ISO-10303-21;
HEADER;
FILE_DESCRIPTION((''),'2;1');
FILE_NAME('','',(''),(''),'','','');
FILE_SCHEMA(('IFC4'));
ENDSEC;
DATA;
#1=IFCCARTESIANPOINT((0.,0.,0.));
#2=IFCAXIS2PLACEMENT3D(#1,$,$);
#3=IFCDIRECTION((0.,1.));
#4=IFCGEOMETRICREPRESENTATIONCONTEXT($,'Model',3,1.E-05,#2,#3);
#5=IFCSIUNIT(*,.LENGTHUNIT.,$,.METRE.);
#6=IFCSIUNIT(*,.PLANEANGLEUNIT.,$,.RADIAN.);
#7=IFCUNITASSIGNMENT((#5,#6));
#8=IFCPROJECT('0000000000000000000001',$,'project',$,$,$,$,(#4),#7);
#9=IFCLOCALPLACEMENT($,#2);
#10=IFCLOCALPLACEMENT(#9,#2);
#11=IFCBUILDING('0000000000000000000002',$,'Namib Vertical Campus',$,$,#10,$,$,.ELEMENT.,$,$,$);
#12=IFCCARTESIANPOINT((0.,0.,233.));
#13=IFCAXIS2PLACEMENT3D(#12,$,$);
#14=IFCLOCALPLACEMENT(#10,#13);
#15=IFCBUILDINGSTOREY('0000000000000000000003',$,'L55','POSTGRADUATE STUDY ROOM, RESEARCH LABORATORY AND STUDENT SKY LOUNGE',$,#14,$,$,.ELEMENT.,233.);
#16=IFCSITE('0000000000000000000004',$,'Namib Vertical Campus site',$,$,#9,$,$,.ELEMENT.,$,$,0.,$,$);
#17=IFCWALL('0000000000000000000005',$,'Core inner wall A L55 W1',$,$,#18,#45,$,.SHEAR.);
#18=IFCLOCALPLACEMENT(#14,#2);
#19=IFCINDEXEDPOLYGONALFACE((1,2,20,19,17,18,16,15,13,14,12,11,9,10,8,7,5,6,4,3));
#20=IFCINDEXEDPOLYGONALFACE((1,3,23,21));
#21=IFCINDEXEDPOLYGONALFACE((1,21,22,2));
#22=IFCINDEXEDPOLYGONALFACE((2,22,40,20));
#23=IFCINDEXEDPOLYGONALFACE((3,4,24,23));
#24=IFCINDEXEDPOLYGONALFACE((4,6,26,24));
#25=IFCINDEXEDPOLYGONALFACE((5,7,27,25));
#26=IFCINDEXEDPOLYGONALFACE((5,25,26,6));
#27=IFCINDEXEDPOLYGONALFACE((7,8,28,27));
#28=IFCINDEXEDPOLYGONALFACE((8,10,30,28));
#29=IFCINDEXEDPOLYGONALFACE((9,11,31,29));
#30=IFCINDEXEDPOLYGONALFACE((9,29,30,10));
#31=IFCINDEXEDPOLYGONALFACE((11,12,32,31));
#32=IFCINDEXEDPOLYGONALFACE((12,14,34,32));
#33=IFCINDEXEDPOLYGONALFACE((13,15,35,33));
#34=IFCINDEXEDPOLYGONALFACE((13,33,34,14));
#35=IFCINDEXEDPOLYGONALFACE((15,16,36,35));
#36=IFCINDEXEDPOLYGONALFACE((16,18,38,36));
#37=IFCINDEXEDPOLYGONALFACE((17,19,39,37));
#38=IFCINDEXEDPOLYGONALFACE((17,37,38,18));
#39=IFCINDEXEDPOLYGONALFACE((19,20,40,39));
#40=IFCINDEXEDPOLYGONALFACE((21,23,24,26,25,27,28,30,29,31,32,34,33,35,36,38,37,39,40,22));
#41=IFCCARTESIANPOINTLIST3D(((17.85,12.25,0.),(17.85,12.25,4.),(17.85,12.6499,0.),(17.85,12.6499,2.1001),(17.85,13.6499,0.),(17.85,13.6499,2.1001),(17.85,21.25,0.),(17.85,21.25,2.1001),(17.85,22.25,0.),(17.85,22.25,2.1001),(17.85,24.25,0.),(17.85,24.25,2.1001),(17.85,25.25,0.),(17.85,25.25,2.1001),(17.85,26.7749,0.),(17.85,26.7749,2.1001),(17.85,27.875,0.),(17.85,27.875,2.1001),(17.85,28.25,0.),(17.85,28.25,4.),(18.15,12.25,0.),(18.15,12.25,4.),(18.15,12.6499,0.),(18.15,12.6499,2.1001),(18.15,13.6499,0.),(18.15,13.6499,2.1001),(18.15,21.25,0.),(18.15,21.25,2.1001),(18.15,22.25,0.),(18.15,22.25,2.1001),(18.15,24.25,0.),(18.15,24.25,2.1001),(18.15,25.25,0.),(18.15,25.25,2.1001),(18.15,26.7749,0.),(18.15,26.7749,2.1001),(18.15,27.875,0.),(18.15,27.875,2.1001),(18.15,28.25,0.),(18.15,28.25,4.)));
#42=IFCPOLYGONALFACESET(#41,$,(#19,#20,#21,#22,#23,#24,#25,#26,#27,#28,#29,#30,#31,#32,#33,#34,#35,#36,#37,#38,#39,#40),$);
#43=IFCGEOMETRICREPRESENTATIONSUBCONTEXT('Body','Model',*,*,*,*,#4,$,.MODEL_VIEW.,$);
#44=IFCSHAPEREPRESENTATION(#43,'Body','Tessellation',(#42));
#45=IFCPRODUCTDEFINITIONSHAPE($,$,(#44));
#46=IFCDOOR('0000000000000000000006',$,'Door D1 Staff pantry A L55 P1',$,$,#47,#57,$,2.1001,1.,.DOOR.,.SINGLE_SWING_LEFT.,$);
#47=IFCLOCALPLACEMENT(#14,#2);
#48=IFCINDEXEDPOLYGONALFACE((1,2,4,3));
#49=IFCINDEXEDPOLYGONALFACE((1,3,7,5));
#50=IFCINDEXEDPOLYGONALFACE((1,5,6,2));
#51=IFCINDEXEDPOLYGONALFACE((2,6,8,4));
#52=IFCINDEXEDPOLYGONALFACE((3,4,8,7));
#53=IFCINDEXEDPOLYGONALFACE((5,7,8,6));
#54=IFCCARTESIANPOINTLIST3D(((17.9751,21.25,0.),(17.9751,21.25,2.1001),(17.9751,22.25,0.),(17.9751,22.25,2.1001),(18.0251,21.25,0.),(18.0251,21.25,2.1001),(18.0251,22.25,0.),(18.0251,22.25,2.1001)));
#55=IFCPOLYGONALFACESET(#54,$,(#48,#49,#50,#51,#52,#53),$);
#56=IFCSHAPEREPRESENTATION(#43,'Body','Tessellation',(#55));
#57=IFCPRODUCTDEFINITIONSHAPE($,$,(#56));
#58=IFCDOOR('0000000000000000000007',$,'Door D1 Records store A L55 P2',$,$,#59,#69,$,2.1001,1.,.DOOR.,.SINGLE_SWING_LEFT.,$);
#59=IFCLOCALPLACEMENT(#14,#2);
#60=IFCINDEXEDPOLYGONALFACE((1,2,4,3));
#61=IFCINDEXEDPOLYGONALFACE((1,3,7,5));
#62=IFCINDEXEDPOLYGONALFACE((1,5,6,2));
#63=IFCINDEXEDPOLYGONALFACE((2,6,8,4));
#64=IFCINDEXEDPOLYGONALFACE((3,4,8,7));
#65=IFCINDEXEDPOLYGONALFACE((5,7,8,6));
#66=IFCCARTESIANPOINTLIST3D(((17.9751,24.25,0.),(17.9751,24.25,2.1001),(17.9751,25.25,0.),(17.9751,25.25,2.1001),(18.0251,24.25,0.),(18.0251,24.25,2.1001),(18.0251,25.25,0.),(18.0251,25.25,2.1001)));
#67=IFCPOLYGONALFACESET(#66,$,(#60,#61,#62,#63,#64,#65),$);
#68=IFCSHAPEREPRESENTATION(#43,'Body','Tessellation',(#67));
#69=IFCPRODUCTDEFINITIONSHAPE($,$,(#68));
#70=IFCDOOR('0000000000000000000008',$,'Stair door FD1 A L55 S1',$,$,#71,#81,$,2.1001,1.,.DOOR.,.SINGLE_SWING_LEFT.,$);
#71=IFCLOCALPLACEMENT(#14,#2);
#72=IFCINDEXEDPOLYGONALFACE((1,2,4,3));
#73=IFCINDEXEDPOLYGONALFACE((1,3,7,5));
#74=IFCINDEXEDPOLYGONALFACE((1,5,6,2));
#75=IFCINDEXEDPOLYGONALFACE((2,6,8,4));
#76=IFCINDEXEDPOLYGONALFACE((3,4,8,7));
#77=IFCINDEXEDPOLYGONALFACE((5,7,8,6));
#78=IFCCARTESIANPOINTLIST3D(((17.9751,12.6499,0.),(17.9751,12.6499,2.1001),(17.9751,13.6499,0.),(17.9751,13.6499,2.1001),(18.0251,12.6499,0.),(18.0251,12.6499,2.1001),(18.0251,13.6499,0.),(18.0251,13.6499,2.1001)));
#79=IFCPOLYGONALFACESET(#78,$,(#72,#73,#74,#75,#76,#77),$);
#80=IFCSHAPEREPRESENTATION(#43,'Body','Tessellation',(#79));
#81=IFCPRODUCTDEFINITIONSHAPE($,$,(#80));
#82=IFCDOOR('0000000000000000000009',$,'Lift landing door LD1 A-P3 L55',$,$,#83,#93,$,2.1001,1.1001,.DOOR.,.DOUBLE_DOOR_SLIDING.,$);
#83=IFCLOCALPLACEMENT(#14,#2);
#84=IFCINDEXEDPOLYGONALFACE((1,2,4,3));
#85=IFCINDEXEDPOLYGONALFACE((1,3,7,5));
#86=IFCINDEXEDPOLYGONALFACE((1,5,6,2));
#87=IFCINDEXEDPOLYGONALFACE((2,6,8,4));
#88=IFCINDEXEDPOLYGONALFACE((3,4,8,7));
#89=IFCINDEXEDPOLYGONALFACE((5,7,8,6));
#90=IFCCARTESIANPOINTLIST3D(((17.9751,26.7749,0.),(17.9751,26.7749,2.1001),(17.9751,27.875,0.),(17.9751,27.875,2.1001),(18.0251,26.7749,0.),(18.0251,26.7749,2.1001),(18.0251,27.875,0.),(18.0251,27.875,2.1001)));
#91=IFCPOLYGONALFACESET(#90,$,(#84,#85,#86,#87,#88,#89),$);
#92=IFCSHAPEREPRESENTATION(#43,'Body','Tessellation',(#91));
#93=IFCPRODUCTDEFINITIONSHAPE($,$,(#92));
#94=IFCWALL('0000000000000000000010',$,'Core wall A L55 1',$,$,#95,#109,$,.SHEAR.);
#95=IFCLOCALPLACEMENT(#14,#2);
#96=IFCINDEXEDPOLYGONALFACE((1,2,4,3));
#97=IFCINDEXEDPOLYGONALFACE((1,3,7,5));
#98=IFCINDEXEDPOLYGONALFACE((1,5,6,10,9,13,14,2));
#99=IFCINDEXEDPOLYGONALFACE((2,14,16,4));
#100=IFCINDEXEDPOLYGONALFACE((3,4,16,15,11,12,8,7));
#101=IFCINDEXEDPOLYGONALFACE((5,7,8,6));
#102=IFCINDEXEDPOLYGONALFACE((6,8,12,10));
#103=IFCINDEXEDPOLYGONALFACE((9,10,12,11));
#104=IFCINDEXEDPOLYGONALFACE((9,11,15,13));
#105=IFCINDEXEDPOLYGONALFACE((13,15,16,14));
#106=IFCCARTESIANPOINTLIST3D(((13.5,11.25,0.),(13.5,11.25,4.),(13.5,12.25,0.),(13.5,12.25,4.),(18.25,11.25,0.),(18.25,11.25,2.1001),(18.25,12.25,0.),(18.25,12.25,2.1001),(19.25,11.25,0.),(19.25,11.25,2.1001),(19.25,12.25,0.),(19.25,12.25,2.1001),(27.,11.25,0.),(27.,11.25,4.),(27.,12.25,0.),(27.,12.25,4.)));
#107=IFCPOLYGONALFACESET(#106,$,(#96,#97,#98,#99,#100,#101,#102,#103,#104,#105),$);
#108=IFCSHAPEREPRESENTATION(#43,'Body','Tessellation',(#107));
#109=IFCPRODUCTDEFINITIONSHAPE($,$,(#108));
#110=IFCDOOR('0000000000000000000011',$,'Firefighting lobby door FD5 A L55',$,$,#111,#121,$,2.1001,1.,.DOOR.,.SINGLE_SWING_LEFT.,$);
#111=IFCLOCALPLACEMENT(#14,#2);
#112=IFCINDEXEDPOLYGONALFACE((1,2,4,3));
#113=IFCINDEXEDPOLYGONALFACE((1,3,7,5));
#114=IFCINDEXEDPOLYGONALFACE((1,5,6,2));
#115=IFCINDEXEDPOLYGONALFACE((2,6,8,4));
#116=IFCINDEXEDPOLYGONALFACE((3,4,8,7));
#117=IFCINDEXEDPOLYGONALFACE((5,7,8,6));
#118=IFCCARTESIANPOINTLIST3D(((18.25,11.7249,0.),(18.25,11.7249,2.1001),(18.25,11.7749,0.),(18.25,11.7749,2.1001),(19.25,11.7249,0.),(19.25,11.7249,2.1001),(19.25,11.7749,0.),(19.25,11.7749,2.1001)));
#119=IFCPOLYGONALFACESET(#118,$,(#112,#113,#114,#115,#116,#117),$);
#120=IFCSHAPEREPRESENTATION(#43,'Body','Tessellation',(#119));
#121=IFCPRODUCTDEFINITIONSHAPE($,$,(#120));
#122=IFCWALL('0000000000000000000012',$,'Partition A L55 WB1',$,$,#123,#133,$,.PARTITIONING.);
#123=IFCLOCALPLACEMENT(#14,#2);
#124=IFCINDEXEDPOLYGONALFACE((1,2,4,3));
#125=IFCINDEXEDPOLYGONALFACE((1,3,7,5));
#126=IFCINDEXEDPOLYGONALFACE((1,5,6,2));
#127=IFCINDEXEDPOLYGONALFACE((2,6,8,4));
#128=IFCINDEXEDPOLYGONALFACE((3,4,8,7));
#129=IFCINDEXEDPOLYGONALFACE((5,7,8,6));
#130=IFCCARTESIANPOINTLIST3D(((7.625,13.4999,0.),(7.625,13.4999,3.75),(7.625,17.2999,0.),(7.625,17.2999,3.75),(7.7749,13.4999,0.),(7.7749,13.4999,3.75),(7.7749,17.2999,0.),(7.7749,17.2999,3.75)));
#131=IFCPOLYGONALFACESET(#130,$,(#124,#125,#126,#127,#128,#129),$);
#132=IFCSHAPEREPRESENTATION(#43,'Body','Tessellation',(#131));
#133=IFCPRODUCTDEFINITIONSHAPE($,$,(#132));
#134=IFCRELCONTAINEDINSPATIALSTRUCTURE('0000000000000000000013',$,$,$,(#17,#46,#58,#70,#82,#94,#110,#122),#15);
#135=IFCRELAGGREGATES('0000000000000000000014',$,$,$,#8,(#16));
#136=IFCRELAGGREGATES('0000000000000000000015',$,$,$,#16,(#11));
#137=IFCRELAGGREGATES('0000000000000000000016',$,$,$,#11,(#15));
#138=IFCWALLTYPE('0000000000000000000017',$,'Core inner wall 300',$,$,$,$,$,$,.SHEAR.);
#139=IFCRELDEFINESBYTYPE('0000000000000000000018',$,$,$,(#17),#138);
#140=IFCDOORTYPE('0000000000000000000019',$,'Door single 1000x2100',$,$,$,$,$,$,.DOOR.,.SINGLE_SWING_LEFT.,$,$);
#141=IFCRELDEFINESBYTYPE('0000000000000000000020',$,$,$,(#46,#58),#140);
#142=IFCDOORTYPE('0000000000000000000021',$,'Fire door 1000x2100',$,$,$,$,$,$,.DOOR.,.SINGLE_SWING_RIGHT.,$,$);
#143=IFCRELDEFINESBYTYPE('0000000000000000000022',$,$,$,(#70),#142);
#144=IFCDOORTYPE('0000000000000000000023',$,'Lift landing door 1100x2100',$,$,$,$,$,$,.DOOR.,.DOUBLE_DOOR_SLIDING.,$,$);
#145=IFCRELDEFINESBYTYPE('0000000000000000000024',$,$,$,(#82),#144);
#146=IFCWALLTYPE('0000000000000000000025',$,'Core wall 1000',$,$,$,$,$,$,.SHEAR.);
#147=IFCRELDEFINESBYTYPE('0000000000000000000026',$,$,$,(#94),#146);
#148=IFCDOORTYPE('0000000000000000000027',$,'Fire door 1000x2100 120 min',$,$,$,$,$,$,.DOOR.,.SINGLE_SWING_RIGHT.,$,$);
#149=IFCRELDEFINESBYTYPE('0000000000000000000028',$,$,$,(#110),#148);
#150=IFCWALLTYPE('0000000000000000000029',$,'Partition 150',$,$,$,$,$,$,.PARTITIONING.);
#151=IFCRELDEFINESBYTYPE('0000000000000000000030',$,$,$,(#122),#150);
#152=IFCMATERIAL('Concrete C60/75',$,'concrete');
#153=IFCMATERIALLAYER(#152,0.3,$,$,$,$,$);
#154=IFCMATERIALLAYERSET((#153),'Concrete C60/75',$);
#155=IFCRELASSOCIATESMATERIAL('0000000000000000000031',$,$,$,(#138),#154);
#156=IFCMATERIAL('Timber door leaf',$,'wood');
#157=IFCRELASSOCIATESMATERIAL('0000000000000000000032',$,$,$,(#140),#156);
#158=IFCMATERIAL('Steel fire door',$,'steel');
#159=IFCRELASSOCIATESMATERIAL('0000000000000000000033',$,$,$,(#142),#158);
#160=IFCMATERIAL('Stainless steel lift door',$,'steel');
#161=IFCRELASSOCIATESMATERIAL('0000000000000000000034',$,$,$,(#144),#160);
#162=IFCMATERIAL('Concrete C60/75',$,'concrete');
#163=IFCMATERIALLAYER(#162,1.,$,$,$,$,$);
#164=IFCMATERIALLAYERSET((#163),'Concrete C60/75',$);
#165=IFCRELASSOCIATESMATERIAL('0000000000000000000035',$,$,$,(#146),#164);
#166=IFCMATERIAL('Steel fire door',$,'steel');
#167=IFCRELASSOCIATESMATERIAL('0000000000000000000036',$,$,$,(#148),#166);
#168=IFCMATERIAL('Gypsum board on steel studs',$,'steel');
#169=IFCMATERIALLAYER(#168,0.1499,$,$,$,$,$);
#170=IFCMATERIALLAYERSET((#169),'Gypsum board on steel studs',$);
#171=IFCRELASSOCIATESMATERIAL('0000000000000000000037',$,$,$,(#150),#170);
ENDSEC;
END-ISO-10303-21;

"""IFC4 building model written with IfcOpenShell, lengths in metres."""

from ifc_helpers import new_model, si_unit, direction, frame, frame_2d, origin, place, context, subcontext, project, spatial, rectangle, extrude, material, layer, layer_set, type_object, element, fill, save


model = new_model("IFC4")

# Units and contexts
model_context = context("Model", 3, precision=1e-05, world=origin(), true_north=direction((0.0, 1.0)))
body_context = subcontext(model_context, "Body", "Model", "MODEL_VIEW")
ifc_project = project(units=[si_unit("LENGTHUNIT", "METRE"), si_unit("PLANEANGLEUNIT", "RADIAN")], contexts=[model_context])

# Site, building, storey
site_placement = place(None, origin())
site = spatial("IfcSite", under=ifc_project, at=site_placement, Name="Namib Vertical Campus site", CompositionType="ELEMENT", RefElevation=0.0)
building_placement = place(site_placement, origin())
building = spatial("IfcBuilding", under=site, at=building_placement, Name="Namib Vertical Campus", CompositionType="ELEMENT")
storey_placement = place(building_placement, frame((0.0, 0.0, 233.0)))
storey = spatial("IfcBuildingStorey", under=building, at=storey_placement, Name="L55", Description="POSTGRADUATE STUDY ROOM, RESEARCH LABORATORY AND STUDENT SKY LOUNGE", CompositionType="ELEMENT", Elevation=233.0)

# Wall, openings, doors
ifc_material_1 = material(Name="Concrete C60/75", Category="concrete")
ifc_layer_1 = layer(ifc_material_1, 0.3)
ifc_layer_set_1 = layer_set([ifc_layer_1], Name="Concrete C60/75")
wall_type_1 = type_object("IfcWallType", Name="Core inner wall 300", PredefinedType="SHEAR", material=ifc_layer_set_1)
wall_1_placement = place(storey_placement, frame((18.0, 12.25, 0.0), z_axis=(0.0, 0.0, 1.0), x_axis=(0.0, 1.0, 0.0)))
wall_1 = element("IfcWall", 1, at=wall_1_placement, inside=storey, type_object=wall_type_1, Name="Core inner wall A L55 W1", PredefinedType="SHEAR", context=body_context, shape_type="SweptSolid", body=[
    extrude(rectangle(XDim=16.0, YDim=0.3, at=frame_2d((8.0, 0.0))), origin(), (0.0, 0.0, 1.0), 4.0),
])
opening_1_placement = place(wall_1_placement, frame((0.3999, 0.0, 0.0)))
opening_1 = element("IfcOpeningElement", 2, at=opening_1_placement, cuts=wall_1, PredefinedType="OPENING", context=body_context, shape_type="SweptSolid", body=[
    extrude(rectangle(XDim=1.0, YDim=2.1001, at=frame_2d((0.5, 1.05))), frame((0.0, 0.1599, 0.0), z_axis=(0.0, -1.0, 0.0), x_axis=(1.0, 0.0, 0.0)), (0.0, 0.0, 1.0), 0.3201),
])
opening_2_placement = place(wall_1_placement, frame((14.5249, 0.0, 0.0)))
opening_2 = element("IfcOpeningElement", 3, at=opening_2_placement, cuts=wall_1, PredefinedType="OPENING", context=body_context, shape_type="SweptSolid", body=[
    extrude(rectangle(XDim=1.1001, YDim=2.1001, at=frame_2d((0.55, 1.05))), frame((0.0, 0.1599, 0.0), z_axis=(0.0, -1.0, 0.0), x_axis=(1.0, 0.0, 0.0)), (0.0, 0.0, 1.0), 0.3201),
])
opening_3_placement = place(wall_1_placement, frame((9.0, 0.0, 0.0)))
opening_3 = element("IfcOpeningElement", 4, at=opening_3_placement, cuts=wall_1, PredefinedType="OPENING", context=body_context, shape_type="SweptSolid", body=[
    extrude(rectangle(XDim=1.0, YDim=2.1001, at=frame_2d((0.5, 1.05))), frame((0.0, 0.1599, 0.0), z_axis=(0.0, -1.0, 0.0), x_axis=(1.0, 0.0, 0.0)), (0.0, 0.0, 1.0), 0.3201),
])
opening_4_placement = place(wall_1_placement, frame((12.0, 0.0, 0.0)))
opening_4 = element("IfcOpeningElement", 5, at=opening_4_placement, cuts=wall_1, PredefinedType="OPENING", context=body_context, shape_type="SweptSolid", body=[
    extrude(rectangle(XDim=1.0, YDim=2.1001, at=frame_2d((0.5, 1.05))), frame((0.0, 0.1599, 0.0), z_axis=(0.0, -1.0, 0.0), x_axis=(1.0, 0.0, 0.0)), (0.0, 0.0, 1.0), 0.3201),
])
ifc_material_2 = material(Name="Timber door leaf", Category="wood")
door_type_1 = type_object("IfcDoorType", Name="Door single 1000x2100", OperationType="SINGLE_SWING_LEFT", PredefinedType="DOOR", material=ifc_material_2)
door_1_placement = place(opening_3_placement, origin())
door_1 = element("IfcDoor", 6, at=door_1_placement, inside=storey, type_object=door_type_1, Name="Door D1 Staff pantry A L55 P1", OperationType="SINGLE_SWING_LEFT", OverallHeight=2.1001, OverallWidth=1.0, PredefinedType="DOOR", context=body_context, shape_type="SweptSolid", body=[
    extrude(rectangle(XDim=1.0, YDim=2.1001, at=frame_2d((0.5, 1.05))), frame((0.0, 0.0249, 0.0), z_axis=(0.0, -1.0, 0.0), x_axis=(1.0, 0.0, 0.0)), (0.0, 0.0, 1.0), 0.05),
])
fill(opening_3, door_1)
door_2_placement = place(opening_4_placement, origin())
door_2 = element("IfcDoor", 7, at=door_2_placement, inside=storey, type_object=door_type_1, Name="Door D1 Records store A L55 P2", OperationType="SINGLE_SWING_LEFT", OverallHeight=2.1001, OverallWidth=1.0, PredefinedType="DOOR", context=body_context, shape_type="SweptSolid", body=[
    extrude(rectangle(XDim=1.0, YDim=2.1001, at=frame_2d((0.5, 1.05))), frame((0.0, 0.0249, 0.0), z_axis=(0.0, -1.0, 0.0), x_axis=(1.0, 0.0, 0.0)), (0.0, 0.0, 1.0), 0.05),
])
fill(opening_4, door_2)
ifc_material_3 = material(Name="Steel fire door", Category="steel")
door_type_2 = type_object("IfcDoorType", Name="Fire door 1000x2100", OperationType="SINGLE_SWING_RIGHT", PredefinedType="DOOR", material=ifc_material_3)
door_3_placement = place(opening_1_placement, origin())
door_3 = element("IfcDoor", 8, at=door_3_placement, inside=storey, type_object=door_type_2, Name="Stair door FD1 A L55 S1", OperationType="SINGLE_SWING_LEFT", OverallHeight=2.1001, OverallWidth=1.0, PredefinedType="DOOR", context=body_context, shape_type="SweptSolid", body=[
    extrude(rectangle(XDim=1.0, YDim=2.1001, at=frame_2d((0.5, 1.05))), frame((0.0, 0.0249, 0.0), z_axis=(0.0, -1.0, 0.0), x_axis=(1.0, 0.0, 0.0)), (0.0, 0.0, 1.0), 0.05),
])
fill(opening_1, door_3)
ifc_material_4 = material(Name="Stainless steel lift door", Category="steel")
door_type_3 = type_object("IfcDoorType", Name="Lift landing door 1100x2100", OperationType="DOUBLE_DOOR_SLIDING", PredefinedType="DOOR", material=ifc_material_4)
door_4_placement = place(opening_2_placement, origin())
door_4 = element("IfcDoor", 9, at=door_4_placement, inside=storey, type_object=door_type_3, Name="Lift landing door LD1 A-P3 L55", OperationType="DOUBLE_DOOR_SLIDING", OverallHeight=2.1001, OverallWidth=1.1001, PredefinedType="DOOR", context=body_context, shape_type="SweptSolid", body=[
    extrude(rectangle(XDim=1.1001, YDim=2.1001, at=frame_2d((0.55, 1.05))), frame((0.0, 0.0249, 0.0), z_axis=(0.0, -1.0, 0.0), x_axis=(1.0, 0.0, 0.0)), (0.0, 0.0, 1.0), 0.05),
])
fill(opening_2, door_4)

# Wall, opening, door
ifc_material_5 = material(Name="Concrete C60/75", Category="concrete")
ifc_layer_2 = layer(ifc_material_5, 1.0)
ifc_layer_set_2 = layer_set([ifc_layer_2], Name="Concrete C60/75")
wall_type_2 = type_object("IfcWallType", Name="Core wall 1000", PredefinedType="SHEAR", material=ifc_layer_set_2)
wall_2_placement = place(storey_placement, frame((13.5, 11.75, 0.0), z_axis=(0.0, 0.0, 1.0), x_axis=(1.0, 0.0, 0.0)))
wall_2 = element("IfcWall", 10, at=wall_2_placement, inside=storey, type_object=wall_type_2, Name="Core wall A L55 1", PredefinedType="SHEAR", context=body_context, shape_type="SweptSolid", body=[
    extrude(rectangle(XDim=13.5, YDim=1.0, at=frame_2d((6.75, 0.0))), origin(), (0.0, 0.0, 1.0), 4.0),
])
opening_5_placement = place(wall_2_placement, frame((4.75, 0.0, 0.0)))
opening_5 = element("IfcOpeningElement", 11, at=opening_5_placement, cuts=wall_2, PredefinedType="OPENING", context=body_context, shape_type="SweptSolid", body=[
    extrude(rectangle(XDim=1.0, YDim=2.1001, at=frame_2d((0.5, 1.05))), frame((0.0, 0.51, 0.0), z_axis=(0.0, -1.0, 0.0), x_axis=(1.0, 0.0, 0.0)), (0.0, 0.0, 1.0), 1.02),
])
ifc_material_6 = material(Name="Steel fire door", Category="steel")
door_type_4 = type_object("IfcDoorType", Name="Fire door 1000x2100 120 min", OperationType="SINGLE_SWING_RIGHT", PredefinedType="DOOR", material=ifc_material_6)
door_5_placement = place(opening_5_placement, origin())
door_5 = element("IfcDoor", 12, at=door_5_placement, inside=storey, type_object=door_type_4, Name="Firefighting lobby door FD5 A L55", OperationType="SINGLE_SWING_LEFT", OverallHeight=2.1001, OverallWidth=1.0, PredefinedType="DOOR", context=body_context, shape_type="SweptSolid", body=[
    extrude(rectangle(XDim=1.0, YDim=2.1001, at=frame_2d((0.5, 1.05))), frame((0.0, 0.0249, 0.0), z_axis=(0.0, -1.0, 0.0), x_axis=(1.0, 0.0, 0.0)), (0.0, 0.0, 1.0), 0.05),
])
fill(opening_5, door_5)

# Wall
ifc_material_7 = material(Name="Gypsum board on steel studs", Category="steel")
ifc_layer_3 = layer(ifc_material_7, 0.1499)
ifc_layer_set_3 = layer_set([ifc_layer_3], Name="Gypsum board on steel studs")
wall_type_3 = type_object("IfcWallType", Name="Partition 150", PredefinedType="PARTITIONING", material=ifc_layer_set_3)
wall_3_placement = place(storey_placement, frame((7.7, 13.5, 0.0), z_axis=(0.0, 0.0, 1.0), x_axis=(0.0, 1.0, 0.0)))
element("IfcWall", 13, at=wall_3_placement, inside=storey, type_object=wall_type_3, Name="Partition A L55 WB1", PredefinedType="PARTITIONING", context=body_context, shape_type="SweptSolid", body=[
    extrude(rectangle(XDim=3.8, YDim=0.1499, at=frame_2d((1.8999, 0.0))), origin(), (0.0, 0.0, 1.0), 3.75),
])

save(model, "model.ifc")
